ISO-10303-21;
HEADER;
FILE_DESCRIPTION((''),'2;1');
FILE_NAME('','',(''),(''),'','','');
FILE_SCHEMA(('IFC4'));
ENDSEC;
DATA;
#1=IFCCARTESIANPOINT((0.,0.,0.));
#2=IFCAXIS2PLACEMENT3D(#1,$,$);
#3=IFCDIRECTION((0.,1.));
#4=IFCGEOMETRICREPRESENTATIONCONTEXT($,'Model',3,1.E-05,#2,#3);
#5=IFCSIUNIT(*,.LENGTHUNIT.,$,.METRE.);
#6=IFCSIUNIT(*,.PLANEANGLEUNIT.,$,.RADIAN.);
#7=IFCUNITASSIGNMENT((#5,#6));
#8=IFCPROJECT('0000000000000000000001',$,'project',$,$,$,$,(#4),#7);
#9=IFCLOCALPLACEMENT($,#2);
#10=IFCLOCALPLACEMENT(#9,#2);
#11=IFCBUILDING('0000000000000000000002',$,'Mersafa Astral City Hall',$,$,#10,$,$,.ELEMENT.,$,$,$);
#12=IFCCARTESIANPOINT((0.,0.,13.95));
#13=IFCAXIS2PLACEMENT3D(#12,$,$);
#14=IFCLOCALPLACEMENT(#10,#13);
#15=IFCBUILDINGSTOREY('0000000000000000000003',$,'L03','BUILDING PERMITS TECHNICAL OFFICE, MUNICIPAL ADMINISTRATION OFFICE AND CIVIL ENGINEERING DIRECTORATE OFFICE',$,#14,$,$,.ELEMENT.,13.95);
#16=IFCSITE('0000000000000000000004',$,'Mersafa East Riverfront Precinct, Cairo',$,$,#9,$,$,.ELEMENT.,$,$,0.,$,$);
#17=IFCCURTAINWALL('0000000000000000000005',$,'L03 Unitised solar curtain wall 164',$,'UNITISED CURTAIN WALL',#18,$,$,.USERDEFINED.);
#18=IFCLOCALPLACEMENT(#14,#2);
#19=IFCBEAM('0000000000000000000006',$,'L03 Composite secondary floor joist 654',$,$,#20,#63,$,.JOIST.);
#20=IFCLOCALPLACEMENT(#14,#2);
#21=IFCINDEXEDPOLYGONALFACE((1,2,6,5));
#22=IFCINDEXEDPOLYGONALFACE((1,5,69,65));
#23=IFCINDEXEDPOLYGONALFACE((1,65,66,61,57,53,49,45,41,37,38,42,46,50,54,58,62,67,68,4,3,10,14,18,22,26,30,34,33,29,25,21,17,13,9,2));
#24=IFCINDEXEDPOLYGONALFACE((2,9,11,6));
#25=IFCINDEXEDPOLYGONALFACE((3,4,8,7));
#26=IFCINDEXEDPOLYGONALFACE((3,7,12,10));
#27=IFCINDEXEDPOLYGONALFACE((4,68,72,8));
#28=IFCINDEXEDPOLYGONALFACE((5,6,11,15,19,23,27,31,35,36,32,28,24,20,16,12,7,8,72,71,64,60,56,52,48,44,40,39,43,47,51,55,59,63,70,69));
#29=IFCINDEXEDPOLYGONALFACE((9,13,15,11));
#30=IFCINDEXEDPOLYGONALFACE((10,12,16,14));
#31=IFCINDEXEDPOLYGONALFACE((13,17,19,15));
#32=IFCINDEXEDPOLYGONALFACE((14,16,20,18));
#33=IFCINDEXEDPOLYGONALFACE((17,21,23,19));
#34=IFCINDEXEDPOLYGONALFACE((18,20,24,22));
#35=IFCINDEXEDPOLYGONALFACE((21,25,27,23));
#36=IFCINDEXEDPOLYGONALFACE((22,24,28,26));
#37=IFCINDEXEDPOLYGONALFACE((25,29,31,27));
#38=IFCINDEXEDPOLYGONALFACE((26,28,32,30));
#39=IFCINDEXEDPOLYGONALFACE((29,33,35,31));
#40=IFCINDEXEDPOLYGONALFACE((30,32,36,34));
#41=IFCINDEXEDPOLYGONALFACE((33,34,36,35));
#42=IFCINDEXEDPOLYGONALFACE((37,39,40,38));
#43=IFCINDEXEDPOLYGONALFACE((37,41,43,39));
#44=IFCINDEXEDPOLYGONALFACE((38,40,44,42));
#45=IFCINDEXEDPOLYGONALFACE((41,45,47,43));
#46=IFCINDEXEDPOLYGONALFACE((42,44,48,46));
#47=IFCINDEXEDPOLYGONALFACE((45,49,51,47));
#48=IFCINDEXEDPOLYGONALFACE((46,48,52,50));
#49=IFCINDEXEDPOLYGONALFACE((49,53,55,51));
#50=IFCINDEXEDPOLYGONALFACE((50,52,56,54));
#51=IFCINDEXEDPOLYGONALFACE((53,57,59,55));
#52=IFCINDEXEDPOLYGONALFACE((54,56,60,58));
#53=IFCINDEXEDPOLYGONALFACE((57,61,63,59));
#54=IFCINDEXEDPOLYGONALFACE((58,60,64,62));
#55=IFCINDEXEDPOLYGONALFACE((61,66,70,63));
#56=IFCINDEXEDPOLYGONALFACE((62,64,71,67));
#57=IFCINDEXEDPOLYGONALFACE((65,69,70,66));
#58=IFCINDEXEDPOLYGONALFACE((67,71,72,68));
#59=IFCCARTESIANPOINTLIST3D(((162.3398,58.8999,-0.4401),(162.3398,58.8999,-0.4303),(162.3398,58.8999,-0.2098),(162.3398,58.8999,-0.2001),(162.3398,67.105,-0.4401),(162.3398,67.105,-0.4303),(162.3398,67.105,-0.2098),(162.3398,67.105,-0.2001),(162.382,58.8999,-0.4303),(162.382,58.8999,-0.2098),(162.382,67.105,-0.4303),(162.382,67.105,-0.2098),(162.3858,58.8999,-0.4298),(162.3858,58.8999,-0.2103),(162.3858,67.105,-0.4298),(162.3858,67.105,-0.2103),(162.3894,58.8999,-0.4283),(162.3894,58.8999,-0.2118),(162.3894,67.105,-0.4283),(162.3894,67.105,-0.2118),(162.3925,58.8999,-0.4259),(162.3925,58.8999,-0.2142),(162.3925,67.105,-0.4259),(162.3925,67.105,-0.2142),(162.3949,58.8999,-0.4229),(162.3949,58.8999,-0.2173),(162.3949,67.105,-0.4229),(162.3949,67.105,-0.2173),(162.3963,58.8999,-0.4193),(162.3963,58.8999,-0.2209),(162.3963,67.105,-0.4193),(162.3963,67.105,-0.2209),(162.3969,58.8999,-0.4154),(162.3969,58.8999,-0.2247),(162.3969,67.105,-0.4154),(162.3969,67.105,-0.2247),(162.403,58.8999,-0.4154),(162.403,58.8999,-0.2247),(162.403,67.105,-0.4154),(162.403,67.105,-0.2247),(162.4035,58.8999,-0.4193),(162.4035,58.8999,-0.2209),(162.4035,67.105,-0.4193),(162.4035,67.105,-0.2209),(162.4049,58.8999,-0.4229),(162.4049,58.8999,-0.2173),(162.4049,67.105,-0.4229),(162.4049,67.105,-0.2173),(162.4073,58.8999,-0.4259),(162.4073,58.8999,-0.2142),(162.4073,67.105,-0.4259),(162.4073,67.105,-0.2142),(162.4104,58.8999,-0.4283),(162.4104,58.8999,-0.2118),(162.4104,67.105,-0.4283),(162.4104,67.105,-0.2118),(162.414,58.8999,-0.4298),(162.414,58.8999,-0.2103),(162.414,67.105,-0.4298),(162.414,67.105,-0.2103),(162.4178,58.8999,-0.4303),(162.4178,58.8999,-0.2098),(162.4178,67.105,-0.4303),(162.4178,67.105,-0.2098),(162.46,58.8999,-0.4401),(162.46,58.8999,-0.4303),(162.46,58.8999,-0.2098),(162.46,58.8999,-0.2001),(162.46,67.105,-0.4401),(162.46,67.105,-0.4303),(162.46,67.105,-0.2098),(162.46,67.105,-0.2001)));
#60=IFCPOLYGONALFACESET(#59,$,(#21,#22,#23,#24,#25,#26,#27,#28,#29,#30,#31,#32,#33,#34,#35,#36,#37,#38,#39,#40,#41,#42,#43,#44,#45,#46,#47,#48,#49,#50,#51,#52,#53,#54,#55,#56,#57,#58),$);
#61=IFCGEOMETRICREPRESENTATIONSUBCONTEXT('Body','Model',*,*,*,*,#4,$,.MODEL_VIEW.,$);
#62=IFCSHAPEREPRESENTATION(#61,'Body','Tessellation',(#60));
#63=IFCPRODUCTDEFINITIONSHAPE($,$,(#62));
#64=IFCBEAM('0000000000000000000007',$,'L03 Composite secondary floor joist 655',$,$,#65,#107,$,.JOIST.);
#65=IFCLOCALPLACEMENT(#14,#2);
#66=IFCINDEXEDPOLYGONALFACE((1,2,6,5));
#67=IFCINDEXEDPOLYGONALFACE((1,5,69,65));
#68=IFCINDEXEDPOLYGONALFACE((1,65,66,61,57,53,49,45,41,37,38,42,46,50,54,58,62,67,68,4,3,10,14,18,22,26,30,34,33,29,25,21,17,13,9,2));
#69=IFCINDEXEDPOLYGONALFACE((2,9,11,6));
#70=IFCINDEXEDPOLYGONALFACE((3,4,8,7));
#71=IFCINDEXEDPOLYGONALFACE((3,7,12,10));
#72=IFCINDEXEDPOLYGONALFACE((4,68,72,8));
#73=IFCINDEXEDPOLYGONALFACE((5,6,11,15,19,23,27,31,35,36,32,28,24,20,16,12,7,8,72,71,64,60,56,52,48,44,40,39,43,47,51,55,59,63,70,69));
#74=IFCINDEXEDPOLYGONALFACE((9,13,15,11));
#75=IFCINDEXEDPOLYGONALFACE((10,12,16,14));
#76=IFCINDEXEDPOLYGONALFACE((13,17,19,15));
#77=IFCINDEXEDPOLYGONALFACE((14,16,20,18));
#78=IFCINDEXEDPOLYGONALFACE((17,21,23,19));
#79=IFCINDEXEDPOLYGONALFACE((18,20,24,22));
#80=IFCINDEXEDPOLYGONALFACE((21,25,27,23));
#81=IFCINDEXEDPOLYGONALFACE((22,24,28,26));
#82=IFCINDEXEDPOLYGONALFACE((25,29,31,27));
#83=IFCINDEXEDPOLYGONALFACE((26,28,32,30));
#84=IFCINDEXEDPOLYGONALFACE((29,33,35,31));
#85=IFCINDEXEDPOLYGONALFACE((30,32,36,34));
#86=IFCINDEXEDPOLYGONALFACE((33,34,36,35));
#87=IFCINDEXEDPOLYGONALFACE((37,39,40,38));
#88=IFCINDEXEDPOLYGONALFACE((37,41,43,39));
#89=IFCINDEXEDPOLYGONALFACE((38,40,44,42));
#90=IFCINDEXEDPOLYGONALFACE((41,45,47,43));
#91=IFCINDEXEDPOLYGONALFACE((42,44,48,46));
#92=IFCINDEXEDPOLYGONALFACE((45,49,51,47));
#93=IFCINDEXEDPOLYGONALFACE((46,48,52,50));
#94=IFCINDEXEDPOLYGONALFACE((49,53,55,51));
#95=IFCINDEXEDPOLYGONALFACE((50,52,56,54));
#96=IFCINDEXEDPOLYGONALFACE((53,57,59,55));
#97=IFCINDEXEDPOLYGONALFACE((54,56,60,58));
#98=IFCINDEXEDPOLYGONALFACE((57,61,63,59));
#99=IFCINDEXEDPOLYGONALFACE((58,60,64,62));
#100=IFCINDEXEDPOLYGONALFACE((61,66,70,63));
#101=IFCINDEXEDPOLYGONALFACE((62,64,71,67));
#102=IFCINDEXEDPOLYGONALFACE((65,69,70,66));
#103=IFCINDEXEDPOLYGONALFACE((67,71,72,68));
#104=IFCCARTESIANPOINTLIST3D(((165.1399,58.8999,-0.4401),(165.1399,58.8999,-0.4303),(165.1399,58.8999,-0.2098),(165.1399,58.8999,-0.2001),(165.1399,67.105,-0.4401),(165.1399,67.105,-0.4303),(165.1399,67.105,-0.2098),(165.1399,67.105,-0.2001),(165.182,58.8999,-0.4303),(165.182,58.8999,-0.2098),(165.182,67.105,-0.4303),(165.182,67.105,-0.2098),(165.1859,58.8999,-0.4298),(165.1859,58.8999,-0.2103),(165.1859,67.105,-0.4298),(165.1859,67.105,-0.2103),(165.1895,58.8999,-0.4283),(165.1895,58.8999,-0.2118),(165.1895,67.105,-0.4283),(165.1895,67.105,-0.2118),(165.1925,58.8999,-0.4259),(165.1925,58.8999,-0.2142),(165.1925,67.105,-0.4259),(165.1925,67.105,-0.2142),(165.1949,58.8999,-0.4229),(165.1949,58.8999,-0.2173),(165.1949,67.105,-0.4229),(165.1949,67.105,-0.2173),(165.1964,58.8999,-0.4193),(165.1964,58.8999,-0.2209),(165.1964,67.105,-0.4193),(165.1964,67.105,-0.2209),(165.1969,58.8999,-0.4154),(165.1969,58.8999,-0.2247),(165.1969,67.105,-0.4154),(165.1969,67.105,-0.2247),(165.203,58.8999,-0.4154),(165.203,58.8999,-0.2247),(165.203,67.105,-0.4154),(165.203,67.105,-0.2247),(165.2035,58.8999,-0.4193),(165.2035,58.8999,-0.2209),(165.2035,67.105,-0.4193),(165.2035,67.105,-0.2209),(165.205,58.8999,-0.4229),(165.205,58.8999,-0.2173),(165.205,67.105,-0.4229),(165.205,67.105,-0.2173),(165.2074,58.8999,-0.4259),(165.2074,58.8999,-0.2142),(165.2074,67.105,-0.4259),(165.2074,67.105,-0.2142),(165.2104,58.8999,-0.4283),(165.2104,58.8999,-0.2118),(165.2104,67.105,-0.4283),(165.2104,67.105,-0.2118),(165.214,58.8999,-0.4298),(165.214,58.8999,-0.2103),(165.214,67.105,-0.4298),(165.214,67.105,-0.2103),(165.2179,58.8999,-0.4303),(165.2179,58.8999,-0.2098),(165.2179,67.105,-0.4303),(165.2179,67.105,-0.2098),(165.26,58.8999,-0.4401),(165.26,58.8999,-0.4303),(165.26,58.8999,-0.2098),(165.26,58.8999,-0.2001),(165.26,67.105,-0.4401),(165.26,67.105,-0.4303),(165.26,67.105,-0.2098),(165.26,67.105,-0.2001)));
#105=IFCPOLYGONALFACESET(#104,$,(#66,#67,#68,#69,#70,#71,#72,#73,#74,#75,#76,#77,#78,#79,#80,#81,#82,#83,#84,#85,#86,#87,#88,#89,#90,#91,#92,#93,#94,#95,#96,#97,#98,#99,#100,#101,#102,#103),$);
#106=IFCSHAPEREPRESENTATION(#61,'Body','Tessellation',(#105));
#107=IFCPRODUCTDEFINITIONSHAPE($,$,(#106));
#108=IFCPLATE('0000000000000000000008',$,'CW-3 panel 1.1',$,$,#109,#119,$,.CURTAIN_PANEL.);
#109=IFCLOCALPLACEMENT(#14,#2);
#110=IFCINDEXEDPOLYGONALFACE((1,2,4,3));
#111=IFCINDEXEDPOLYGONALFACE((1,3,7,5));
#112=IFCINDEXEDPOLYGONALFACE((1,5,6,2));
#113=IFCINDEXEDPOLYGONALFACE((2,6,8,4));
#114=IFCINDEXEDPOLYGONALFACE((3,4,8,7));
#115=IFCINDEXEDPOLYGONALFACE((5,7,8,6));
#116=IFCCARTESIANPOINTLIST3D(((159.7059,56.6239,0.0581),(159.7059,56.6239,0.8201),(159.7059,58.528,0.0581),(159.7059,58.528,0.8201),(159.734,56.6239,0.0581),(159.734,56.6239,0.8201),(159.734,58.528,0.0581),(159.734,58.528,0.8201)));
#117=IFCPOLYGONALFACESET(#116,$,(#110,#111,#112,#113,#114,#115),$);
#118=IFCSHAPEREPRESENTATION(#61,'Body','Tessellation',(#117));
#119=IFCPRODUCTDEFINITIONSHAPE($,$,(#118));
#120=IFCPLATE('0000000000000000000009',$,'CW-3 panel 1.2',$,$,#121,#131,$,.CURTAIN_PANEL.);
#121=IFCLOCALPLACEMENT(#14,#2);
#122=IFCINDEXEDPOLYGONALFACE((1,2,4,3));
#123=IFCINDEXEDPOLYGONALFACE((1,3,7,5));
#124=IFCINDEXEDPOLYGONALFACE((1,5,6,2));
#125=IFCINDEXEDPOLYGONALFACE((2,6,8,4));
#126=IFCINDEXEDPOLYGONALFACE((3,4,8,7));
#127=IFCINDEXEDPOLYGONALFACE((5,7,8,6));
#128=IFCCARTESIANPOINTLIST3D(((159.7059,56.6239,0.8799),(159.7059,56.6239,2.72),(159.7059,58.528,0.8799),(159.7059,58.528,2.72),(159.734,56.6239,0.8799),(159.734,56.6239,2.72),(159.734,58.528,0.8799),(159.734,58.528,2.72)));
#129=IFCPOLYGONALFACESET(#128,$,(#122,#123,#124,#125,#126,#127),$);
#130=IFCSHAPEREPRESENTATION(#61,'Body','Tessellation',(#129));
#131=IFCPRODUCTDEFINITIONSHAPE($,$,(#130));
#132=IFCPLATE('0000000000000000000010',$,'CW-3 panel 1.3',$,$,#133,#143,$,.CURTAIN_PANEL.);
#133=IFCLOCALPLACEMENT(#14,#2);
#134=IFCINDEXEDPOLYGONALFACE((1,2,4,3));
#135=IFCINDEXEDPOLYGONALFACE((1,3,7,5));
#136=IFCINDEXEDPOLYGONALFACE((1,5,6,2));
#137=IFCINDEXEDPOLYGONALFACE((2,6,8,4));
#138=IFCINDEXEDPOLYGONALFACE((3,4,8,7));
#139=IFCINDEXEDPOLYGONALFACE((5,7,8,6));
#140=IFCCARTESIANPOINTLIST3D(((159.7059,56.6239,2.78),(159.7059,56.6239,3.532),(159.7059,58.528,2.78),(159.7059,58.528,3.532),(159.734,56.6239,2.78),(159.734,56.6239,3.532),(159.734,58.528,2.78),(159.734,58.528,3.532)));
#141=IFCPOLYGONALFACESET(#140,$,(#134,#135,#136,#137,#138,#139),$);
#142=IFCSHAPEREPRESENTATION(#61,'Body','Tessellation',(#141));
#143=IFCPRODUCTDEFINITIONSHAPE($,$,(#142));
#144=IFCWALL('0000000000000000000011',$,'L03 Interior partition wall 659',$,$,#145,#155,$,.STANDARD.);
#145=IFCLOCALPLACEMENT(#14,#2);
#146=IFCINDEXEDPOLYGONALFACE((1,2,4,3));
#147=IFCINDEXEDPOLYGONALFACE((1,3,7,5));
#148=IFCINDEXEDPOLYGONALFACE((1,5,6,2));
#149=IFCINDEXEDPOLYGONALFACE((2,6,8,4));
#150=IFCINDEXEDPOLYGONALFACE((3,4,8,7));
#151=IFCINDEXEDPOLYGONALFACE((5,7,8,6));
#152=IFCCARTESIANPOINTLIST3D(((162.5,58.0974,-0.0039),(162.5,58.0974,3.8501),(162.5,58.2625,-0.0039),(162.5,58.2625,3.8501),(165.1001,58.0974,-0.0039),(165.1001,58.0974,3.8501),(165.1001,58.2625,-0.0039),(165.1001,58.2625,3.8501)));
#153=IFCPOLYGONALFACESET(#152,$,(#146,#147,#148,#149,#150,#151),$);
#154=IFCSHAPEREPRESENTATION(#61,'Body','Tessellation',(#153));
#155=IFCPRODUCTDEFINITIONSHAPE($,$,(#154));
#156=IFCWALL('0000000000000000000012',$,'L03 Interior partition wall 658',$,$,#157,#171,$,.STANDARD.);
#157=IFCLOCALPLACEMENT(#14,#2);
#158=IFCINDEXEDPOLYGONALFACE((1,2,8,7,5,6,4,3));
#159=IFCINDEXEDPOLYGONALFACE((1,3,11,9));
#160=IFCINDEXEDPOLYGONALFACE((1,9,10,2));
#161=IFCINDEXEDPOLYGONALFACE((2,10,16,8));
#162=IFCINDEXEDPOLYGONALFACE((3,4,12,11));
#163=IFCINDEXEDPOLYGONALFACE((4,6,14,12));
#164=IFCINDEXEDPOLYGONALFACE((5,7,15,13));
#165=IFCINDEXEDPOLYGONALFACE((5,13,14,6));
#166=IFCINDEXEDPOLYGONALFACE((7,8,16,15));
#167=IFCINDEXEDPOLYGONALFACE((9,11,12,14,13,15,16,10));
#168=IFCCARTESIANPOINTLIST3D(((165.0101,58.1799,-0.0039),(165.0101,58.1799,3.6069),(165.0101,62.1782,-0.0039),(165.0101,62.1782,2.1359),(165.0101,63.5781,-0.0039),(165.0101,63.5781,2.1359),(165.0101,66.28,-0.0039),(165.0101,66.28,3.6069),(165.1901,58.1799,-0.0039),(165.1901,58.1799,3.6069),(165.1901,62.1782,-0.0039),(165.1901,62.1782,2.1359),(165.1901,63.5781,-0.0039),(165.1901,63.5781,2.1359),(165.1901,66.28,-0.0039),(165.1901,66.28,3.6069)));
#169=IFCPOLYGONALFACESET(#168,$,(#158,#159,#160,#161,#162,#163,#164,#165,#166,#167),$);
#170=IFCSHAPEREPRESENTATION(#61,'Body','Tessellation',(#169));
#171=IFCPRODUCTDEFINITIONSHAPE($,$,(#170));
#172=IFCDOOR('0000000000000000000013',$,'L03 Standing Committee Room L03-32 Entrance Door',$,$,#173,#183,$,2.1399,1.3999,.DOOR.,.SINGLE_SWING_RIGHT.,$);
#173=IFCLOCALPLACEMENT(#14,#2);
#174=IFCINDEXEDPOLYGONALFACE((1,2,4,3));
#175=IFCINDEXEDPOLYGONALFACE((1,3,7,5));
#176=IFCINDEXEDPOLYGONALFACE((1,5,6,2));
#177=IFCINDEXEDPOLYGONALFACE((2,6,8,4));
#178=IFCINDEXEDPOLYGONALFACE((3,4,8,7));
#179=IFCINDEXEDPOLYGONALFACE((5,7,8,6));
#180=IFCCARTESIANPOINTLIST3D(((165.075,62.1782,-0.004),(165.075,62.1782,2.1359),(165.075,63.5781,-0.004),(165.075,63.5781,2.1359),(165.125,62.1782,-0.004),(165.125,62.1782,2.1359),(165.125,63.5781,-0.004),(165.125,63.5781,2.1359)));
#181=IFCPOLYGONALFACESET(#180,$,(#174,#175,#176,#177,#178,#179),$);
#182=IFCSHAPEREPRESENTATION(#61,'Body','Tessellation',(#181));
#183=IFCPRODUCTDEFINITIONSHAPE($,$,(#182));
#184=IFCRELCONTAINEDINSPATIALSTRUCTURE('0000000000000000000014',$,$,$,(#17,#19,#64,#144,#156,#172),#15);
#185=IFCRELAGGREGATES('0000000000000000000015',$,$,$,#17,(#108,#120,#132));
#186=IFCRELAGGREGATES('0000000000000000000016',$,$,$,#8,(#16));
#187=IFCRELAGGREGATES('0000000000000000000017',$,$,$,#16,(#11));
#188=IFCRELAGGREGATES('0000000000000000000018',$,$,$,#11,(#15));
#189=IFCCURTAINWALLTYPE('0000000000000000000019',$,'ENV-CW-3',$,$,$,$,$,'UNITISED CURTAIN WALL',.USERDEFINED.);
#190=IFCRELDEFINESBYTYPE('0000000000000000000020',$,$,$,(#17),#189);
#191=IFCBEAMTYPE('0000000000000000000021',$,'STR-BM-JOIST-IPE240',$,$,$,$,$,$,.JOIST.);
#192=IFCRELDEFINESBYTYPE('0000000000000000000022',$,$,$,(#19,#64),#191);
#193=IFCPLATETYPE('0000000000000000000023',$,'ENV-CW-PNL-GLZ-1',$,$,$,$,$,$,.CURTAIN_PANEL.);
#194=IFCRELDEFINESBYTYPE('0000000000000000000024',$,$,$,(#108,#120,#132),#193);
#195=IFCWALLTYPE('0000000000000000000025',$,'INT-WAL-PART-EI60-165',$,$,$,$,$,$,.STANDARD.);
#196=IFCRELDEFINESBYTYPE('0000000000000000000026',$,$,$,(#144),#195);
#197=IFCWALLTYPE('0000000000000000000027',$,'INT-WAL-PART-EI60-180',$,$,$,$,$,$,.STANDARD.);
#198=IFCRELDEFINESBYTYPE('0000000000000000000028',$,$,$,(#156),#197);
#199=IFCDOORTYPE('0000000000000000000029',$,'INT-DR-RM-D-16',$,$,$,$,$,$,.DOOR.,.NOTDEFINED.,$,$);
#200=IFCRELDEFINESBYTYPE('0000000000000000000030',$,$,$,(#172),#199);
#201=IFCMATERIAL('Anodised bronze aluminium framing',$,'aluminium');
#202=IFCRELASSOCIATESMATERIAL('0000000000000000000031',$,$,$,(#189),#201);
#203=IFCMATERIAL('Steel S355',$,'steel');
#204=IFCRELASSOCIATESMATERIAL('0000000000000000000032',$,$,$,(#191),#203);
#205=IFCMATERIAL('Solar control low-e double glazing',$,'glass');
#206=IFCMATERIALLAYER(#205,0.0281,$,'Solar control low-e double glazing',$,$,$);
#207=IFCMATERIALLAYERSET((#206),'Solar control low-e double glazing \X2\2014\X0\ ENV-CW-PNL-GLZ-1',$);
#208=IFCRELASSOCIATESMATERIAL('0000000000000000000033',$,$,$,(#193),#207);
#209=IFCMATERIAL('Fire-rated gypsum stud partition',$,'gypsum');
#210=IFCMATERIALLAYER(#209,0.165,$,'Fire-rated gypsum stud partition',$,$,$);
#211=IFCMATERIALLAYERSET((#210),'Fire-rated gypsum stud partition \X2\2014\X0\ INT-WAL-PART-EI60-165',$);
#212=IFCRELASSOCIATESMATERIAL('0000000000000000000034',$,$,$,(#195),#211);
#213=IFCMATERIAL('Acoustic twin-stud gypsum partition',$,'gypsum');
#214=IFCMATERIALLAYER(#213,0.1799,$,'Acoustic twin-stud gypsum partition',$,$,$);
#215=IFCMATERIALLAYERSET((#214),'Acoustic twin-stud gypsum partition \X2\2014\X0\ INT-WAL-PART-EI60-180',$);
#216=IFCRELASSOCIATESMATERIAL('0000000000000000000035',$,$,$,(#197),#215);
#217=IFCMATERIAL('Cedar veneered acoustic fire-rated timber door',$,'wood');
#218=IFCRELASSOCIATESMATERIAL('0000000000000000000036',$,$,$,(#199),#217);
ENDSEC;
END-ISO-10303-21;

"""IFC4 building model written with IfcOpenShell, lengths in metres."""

from ifc_helpers import new_model, si_unit, direction, frame, frame_2d, origin, origin_2d, place, context, subcontext, project, spatial, rectangle, i_section, extrude, material, layer, layer_set, material_profile, profile_set, type_object, element, fill, aggregate, save


model = new_model("IFC4")

# Units and contexts
model_context = context("Model", 3, precision=1e-05, world=origin(), true_north=direction((0.0, 1.0)))
body_context = subcontext(model_context, "Body", "Model", "MODEL_VIEW")
ifc_project = project(units=[si_unit("LENGTHUNIT", "METRE"), si_unit("PLANEANGLEUNIT", "RADIAN")], contexts=[model_context])

# Site, building, storey
site_placement = place(None, origin())
site = spatial("IfcSite", under=ifc_project, at=site_placement, Name="Mersafa East Riverfront Precinct, Cairo", CompositionType="ELEMENT", RefElevation=0.0)
building_placement = place(site_placement, origin())
building = spatial("IfcBuilding", under=site, at=building_placement, Name="Mersafa Astral City Hall", CompositionType="ELEMENT")
storey_placement = place(building_placement, frame((0.0, 0.0, 13.95)))
storey = spatial("IfcBuildingStorey", under=building, at=storey_placement, Name="L03", Description="BUILDING PERMITS TECHNICAL OFFICE, MUNICIPAL ADMINISTRATION OFFICE AND CIVIL ENGINEERING DIRECTORATE OFFICE", CompositionType="ELEMENT", Elevation=13.95)

# Curtain wall
ifc_material_1 = material(Name="Anodised bronze aluminium framing", Category="aluminium")
curtain_wall_type = type_object("IfcCurtainWallType", Name="ENV-CW-3", ElementType="UNITISED CURTAIN WALL", PredefinedType="USERDEFINED", material=ifc_material_1)
curtain_wall_placement = place(storey_placement, origin())
curtain_wall = element("IfcCurtainWall", 1, at=curtain_wall_placement, inside=storey, type_object=curtain_wall_type, Name="L03 Unitised solar curtain wall 164", ObjectType="UNITISED CURTAIN WALL", PredefinedType="USERDEFINED")

# Beams
ifc_material_2 = material(Name="Steel S355", Category="steel")
ifc_material_profile_1 = material_profile(ifc_material_2, i_section(OverallWidth=0.1201, OverallDepth=0.24, WebThickness=0.0061, FlangeThickness=0.0098, FilletRadius=0.0149, at=origin_2d()), Name="IPE 240")
ifc_profile_set_1 = profile_set([ifc_material_profile_1], Name="Steel S355")
beam_type = type_object("IfcBeamType", Name="STR-BM-JOIST-IPE240", PredefinedType="JOIST", material=ifc_profile_set_1)
for number, where, z_axis, x_axis, name in (
    (2, (162.3999, 58.8999, -0.3201), (0.0, 1.0, 0.0), (-1.0, 0.0, 0.0), "L03 Composite secondary floor joist 654"),
    (3, (165.2, 58.8999, -0.3201), (0.0, 1.0, 0.0), (-1.0, 0.0, 0.0), "L03 Composite secondary floor joist 655"),
):
    element("IfcBeam", number, at=place(storey_placement, frame(where, z_axis=z_axis, x_axis=x_axis)), inside=storey, type_object=beam_type, Name=name, PredefinedType="JOIST", context=body_context, shape_type="SweptSolid", body=[
        extrude(i_section(OverallWidth=0.1201, OverallDepth=0.24, WebThickness=0.0061, FlangeThickness=0.0098, FilletRadius=0.0149, at=origin_2d()), origin(), (0.0, 0.0, 1.0), 8.2051),
    ])

# Plates
ifc_material_3 = material(Name="Solar control low-e double glazing", Category="glass")
ifc_layer_1 = layer(ifc_material_3, 0.0281, Name="Solar control low-e double glazing")
ifc_layer_set_1 = layer_set([ifc_layer_1], Name="Solar control low-e double glazing — ENV-CW-PNL-GLZ-1")
plate_type = type_object("IfcPlateType", Name="ENV-CW-PNL-GLZ-1", PredefinedType="CURTAIN_PANEL", material=ifc_layer_set_1)
plate_1_placement = place(storey_placement, frame((159.72, 57.5759, 0.0581), z_axis=(0.0, 0.0, 1.0), x_axis=(0.0, -1.0, 0.0)))
plate_1 = element("IfcPlate", 4, at=plate_1_placement, type_object=plate_type, Name="CW-3 panel 1.1", PredefinedType="CURTAIN_PANEL", context=body_context, shape_type="SweptSolid", body=[
    extrude(rectangle(XDim=1.9041, YDim=0.0281, at=origin_2d()), origin(), (0.0, 0.0, 1.0), 0.762),
])
plate_2_placement = place(storey_placement, frame((159.72, 57.5759, 0.8799), z_axis=(0.0, 0.0, 1.0), x_axis=(0.0, -1.0, 0.0)))
plate_2 = element("IfcPlate", 5, at=plate_2_placement, type_object=plate_type, Name="CW-3 panel 1.2", PredefinedType="CURTAIN_PANEL", context=body_context, shape_type="SweptSolid", body=[
    extrude(rectangle(XDim=1.9041, YDim=0.0281, at=origin_2d()), origin(), (0.0, 0.0, 1.0), 1.8401),
])
plate_3_placement = place(storey_placement, frame((159.72, 57.5759, 2.78), z_axis=(0.0, 0.0, 1.0), x_axis=(0.0, -1.0, 0.0)))
plate_3 = element("IfcPlate", 6, at=plate_3_placement, type_object=plate_type, Name="CW-3 panel 1.3", PredefinedType="CURTAIN_PANEL", context=body_context, shape_type="SweptSolid", body=[
    extrude(rectangle(XDim=1.9041, YDim=0.0281, at=origin_2d()), origin(), (0.0, 0.0, 1.0), 0.752),
])
aggregate(curtain_wall, [plate_1, plate_2, plate_3])

# Wall
ifc_material_4 = material(Name="Fire-rated gypsum stud partition", Category="gypsum")
ifc_layer_2 = layer(ifc_material_4, 0.165, Name="Fire-rated gypsum stud partition")
ifc_layer_set_2 = layer_set([ifc_layer_2], Name="Fire-rated gypsum stud partition — INT-WAL-PART-EI60-165")
wall_type_1 = type_object("IfcWallType", Name="INT-WAL-PART-EI60-165", PredefinedType="STANDARD", material=ifc_layer_set_2)
wall_1_placement = place(storey_placement, frame((165.1001, 58.1799, -0.0039), z_axis=(0.0, 0.0, 1.0), x_axis=(-1.0, 0.0, 0.0)))
element("IfcWall", 7, at=wall_1_placement, inside=storey, type_object=wall_type_1, Name="L03 Interior partition wall 659", PredefinedType="STANDARD", context=body_context, shape_type="SweptSolid", body=[
    extrude(rectangle(XDim=2.6001, YDim=0.165, at=frame_2d((1.3, 0.0))), origin(), (0.0, 0.0, 1.0), 3.854),
])

# Wall, opening, door
ifc_material_5 = material(Name="Acoustic twin-stud gypsum partition", Category="gypsum")
ifc_layer_3 = layer(ifc_material_5, 0.1799, Name="Acoustic twin-stud gypsum partition")
ifc_layer_set_3 = layer_set([ifc_layer_3], Name="Acoustic twin-stud gypsum partition — INT-WAL-PART-EI60-180")
wall_type_2 = type_object("IfcWallType", Name="INT-WAL-PART-EI60-180", PredefinedType="STANDARD", material=ifc_layer_set_3)
wall_2_placement = place(storey_placement, frame((165.1001, 66.28, -0.0039), z_axis=(0.0, 0.0, 1.0), x_axis=(0.0, -1.0, 0.0)))
wall_2 = element("IfcWall", 8, at=wall_2_placement, inside=storey, type_object=wall_type_2, Name="L03 Interior partition wall 658", PredefinedType="STANDARD", context=body_context, shape_type="SweptSolid", body=[
    extrude(rectangle(XDim=8.1001, YDim=0.1799, at=frame_2d((4.05, 0.0))), origin(), (0.0, 0.0, 1.0), 3.6108),
])
opening_1_placement = place(wall_2_placement, frame((2.7019, 0.0, 0.0)))
opening_1 = element("IfcOpeningElement", 9, at=opening_1_placement, cuts=wall_2, PredefinedType="OPENING", context=body_context, shape_type="SweptSolid", body=[
    extrude(rectangle(XDim=1.3999, YDim=2.1399, at=frame_2d((0.7, 1.0698))), frame((0.0, 0.0999, 0.0), z_axis=(0.0, -1.0, 0.0), x_axis=(1.0, 0.0, 0.0)), (0.0, 0.0, 1.0), 0.2),
])
ifc_material_6 = material(Name="Cedar veneered acoustic fire-rated timber door", Category="wood")
door_type_1 = type_object("IfcDoorType", Name="INT-DR-RM-D-16", OperationType="NOTDEFINED", PredefinedType="DOOR", material=ifc_material_6)
door_1_placement = place(opening_1_placement, origin())
door_1 = element("IfcDoor", 10, at=door_1_placement, inside=storey, type_object=door_type_1, Name="L03 Standing Committee Room L03-32 Entrance Door", OperationType="SINGLE_SWING_RIGHT", OverallHeight=2.1399, OverallWidth=1.3999, PredefinedType="DOOR", context=body_context, shape_type="SweptSolid", body=[
    extrude(rectangle(XDim=1.3999, YDim=2.1399, at=frame_2d((0.7, 1.0698))), frame((0.0, 0.0249, 0.0), z_axis=(0.0, -1.0, 0.0), x_axis=(1.0, 0.0, 0.0)), (0.0, 0.0, 1.0), 0.05),
])
fill(opening_1, door_1)

save(model, "model.ifc")
